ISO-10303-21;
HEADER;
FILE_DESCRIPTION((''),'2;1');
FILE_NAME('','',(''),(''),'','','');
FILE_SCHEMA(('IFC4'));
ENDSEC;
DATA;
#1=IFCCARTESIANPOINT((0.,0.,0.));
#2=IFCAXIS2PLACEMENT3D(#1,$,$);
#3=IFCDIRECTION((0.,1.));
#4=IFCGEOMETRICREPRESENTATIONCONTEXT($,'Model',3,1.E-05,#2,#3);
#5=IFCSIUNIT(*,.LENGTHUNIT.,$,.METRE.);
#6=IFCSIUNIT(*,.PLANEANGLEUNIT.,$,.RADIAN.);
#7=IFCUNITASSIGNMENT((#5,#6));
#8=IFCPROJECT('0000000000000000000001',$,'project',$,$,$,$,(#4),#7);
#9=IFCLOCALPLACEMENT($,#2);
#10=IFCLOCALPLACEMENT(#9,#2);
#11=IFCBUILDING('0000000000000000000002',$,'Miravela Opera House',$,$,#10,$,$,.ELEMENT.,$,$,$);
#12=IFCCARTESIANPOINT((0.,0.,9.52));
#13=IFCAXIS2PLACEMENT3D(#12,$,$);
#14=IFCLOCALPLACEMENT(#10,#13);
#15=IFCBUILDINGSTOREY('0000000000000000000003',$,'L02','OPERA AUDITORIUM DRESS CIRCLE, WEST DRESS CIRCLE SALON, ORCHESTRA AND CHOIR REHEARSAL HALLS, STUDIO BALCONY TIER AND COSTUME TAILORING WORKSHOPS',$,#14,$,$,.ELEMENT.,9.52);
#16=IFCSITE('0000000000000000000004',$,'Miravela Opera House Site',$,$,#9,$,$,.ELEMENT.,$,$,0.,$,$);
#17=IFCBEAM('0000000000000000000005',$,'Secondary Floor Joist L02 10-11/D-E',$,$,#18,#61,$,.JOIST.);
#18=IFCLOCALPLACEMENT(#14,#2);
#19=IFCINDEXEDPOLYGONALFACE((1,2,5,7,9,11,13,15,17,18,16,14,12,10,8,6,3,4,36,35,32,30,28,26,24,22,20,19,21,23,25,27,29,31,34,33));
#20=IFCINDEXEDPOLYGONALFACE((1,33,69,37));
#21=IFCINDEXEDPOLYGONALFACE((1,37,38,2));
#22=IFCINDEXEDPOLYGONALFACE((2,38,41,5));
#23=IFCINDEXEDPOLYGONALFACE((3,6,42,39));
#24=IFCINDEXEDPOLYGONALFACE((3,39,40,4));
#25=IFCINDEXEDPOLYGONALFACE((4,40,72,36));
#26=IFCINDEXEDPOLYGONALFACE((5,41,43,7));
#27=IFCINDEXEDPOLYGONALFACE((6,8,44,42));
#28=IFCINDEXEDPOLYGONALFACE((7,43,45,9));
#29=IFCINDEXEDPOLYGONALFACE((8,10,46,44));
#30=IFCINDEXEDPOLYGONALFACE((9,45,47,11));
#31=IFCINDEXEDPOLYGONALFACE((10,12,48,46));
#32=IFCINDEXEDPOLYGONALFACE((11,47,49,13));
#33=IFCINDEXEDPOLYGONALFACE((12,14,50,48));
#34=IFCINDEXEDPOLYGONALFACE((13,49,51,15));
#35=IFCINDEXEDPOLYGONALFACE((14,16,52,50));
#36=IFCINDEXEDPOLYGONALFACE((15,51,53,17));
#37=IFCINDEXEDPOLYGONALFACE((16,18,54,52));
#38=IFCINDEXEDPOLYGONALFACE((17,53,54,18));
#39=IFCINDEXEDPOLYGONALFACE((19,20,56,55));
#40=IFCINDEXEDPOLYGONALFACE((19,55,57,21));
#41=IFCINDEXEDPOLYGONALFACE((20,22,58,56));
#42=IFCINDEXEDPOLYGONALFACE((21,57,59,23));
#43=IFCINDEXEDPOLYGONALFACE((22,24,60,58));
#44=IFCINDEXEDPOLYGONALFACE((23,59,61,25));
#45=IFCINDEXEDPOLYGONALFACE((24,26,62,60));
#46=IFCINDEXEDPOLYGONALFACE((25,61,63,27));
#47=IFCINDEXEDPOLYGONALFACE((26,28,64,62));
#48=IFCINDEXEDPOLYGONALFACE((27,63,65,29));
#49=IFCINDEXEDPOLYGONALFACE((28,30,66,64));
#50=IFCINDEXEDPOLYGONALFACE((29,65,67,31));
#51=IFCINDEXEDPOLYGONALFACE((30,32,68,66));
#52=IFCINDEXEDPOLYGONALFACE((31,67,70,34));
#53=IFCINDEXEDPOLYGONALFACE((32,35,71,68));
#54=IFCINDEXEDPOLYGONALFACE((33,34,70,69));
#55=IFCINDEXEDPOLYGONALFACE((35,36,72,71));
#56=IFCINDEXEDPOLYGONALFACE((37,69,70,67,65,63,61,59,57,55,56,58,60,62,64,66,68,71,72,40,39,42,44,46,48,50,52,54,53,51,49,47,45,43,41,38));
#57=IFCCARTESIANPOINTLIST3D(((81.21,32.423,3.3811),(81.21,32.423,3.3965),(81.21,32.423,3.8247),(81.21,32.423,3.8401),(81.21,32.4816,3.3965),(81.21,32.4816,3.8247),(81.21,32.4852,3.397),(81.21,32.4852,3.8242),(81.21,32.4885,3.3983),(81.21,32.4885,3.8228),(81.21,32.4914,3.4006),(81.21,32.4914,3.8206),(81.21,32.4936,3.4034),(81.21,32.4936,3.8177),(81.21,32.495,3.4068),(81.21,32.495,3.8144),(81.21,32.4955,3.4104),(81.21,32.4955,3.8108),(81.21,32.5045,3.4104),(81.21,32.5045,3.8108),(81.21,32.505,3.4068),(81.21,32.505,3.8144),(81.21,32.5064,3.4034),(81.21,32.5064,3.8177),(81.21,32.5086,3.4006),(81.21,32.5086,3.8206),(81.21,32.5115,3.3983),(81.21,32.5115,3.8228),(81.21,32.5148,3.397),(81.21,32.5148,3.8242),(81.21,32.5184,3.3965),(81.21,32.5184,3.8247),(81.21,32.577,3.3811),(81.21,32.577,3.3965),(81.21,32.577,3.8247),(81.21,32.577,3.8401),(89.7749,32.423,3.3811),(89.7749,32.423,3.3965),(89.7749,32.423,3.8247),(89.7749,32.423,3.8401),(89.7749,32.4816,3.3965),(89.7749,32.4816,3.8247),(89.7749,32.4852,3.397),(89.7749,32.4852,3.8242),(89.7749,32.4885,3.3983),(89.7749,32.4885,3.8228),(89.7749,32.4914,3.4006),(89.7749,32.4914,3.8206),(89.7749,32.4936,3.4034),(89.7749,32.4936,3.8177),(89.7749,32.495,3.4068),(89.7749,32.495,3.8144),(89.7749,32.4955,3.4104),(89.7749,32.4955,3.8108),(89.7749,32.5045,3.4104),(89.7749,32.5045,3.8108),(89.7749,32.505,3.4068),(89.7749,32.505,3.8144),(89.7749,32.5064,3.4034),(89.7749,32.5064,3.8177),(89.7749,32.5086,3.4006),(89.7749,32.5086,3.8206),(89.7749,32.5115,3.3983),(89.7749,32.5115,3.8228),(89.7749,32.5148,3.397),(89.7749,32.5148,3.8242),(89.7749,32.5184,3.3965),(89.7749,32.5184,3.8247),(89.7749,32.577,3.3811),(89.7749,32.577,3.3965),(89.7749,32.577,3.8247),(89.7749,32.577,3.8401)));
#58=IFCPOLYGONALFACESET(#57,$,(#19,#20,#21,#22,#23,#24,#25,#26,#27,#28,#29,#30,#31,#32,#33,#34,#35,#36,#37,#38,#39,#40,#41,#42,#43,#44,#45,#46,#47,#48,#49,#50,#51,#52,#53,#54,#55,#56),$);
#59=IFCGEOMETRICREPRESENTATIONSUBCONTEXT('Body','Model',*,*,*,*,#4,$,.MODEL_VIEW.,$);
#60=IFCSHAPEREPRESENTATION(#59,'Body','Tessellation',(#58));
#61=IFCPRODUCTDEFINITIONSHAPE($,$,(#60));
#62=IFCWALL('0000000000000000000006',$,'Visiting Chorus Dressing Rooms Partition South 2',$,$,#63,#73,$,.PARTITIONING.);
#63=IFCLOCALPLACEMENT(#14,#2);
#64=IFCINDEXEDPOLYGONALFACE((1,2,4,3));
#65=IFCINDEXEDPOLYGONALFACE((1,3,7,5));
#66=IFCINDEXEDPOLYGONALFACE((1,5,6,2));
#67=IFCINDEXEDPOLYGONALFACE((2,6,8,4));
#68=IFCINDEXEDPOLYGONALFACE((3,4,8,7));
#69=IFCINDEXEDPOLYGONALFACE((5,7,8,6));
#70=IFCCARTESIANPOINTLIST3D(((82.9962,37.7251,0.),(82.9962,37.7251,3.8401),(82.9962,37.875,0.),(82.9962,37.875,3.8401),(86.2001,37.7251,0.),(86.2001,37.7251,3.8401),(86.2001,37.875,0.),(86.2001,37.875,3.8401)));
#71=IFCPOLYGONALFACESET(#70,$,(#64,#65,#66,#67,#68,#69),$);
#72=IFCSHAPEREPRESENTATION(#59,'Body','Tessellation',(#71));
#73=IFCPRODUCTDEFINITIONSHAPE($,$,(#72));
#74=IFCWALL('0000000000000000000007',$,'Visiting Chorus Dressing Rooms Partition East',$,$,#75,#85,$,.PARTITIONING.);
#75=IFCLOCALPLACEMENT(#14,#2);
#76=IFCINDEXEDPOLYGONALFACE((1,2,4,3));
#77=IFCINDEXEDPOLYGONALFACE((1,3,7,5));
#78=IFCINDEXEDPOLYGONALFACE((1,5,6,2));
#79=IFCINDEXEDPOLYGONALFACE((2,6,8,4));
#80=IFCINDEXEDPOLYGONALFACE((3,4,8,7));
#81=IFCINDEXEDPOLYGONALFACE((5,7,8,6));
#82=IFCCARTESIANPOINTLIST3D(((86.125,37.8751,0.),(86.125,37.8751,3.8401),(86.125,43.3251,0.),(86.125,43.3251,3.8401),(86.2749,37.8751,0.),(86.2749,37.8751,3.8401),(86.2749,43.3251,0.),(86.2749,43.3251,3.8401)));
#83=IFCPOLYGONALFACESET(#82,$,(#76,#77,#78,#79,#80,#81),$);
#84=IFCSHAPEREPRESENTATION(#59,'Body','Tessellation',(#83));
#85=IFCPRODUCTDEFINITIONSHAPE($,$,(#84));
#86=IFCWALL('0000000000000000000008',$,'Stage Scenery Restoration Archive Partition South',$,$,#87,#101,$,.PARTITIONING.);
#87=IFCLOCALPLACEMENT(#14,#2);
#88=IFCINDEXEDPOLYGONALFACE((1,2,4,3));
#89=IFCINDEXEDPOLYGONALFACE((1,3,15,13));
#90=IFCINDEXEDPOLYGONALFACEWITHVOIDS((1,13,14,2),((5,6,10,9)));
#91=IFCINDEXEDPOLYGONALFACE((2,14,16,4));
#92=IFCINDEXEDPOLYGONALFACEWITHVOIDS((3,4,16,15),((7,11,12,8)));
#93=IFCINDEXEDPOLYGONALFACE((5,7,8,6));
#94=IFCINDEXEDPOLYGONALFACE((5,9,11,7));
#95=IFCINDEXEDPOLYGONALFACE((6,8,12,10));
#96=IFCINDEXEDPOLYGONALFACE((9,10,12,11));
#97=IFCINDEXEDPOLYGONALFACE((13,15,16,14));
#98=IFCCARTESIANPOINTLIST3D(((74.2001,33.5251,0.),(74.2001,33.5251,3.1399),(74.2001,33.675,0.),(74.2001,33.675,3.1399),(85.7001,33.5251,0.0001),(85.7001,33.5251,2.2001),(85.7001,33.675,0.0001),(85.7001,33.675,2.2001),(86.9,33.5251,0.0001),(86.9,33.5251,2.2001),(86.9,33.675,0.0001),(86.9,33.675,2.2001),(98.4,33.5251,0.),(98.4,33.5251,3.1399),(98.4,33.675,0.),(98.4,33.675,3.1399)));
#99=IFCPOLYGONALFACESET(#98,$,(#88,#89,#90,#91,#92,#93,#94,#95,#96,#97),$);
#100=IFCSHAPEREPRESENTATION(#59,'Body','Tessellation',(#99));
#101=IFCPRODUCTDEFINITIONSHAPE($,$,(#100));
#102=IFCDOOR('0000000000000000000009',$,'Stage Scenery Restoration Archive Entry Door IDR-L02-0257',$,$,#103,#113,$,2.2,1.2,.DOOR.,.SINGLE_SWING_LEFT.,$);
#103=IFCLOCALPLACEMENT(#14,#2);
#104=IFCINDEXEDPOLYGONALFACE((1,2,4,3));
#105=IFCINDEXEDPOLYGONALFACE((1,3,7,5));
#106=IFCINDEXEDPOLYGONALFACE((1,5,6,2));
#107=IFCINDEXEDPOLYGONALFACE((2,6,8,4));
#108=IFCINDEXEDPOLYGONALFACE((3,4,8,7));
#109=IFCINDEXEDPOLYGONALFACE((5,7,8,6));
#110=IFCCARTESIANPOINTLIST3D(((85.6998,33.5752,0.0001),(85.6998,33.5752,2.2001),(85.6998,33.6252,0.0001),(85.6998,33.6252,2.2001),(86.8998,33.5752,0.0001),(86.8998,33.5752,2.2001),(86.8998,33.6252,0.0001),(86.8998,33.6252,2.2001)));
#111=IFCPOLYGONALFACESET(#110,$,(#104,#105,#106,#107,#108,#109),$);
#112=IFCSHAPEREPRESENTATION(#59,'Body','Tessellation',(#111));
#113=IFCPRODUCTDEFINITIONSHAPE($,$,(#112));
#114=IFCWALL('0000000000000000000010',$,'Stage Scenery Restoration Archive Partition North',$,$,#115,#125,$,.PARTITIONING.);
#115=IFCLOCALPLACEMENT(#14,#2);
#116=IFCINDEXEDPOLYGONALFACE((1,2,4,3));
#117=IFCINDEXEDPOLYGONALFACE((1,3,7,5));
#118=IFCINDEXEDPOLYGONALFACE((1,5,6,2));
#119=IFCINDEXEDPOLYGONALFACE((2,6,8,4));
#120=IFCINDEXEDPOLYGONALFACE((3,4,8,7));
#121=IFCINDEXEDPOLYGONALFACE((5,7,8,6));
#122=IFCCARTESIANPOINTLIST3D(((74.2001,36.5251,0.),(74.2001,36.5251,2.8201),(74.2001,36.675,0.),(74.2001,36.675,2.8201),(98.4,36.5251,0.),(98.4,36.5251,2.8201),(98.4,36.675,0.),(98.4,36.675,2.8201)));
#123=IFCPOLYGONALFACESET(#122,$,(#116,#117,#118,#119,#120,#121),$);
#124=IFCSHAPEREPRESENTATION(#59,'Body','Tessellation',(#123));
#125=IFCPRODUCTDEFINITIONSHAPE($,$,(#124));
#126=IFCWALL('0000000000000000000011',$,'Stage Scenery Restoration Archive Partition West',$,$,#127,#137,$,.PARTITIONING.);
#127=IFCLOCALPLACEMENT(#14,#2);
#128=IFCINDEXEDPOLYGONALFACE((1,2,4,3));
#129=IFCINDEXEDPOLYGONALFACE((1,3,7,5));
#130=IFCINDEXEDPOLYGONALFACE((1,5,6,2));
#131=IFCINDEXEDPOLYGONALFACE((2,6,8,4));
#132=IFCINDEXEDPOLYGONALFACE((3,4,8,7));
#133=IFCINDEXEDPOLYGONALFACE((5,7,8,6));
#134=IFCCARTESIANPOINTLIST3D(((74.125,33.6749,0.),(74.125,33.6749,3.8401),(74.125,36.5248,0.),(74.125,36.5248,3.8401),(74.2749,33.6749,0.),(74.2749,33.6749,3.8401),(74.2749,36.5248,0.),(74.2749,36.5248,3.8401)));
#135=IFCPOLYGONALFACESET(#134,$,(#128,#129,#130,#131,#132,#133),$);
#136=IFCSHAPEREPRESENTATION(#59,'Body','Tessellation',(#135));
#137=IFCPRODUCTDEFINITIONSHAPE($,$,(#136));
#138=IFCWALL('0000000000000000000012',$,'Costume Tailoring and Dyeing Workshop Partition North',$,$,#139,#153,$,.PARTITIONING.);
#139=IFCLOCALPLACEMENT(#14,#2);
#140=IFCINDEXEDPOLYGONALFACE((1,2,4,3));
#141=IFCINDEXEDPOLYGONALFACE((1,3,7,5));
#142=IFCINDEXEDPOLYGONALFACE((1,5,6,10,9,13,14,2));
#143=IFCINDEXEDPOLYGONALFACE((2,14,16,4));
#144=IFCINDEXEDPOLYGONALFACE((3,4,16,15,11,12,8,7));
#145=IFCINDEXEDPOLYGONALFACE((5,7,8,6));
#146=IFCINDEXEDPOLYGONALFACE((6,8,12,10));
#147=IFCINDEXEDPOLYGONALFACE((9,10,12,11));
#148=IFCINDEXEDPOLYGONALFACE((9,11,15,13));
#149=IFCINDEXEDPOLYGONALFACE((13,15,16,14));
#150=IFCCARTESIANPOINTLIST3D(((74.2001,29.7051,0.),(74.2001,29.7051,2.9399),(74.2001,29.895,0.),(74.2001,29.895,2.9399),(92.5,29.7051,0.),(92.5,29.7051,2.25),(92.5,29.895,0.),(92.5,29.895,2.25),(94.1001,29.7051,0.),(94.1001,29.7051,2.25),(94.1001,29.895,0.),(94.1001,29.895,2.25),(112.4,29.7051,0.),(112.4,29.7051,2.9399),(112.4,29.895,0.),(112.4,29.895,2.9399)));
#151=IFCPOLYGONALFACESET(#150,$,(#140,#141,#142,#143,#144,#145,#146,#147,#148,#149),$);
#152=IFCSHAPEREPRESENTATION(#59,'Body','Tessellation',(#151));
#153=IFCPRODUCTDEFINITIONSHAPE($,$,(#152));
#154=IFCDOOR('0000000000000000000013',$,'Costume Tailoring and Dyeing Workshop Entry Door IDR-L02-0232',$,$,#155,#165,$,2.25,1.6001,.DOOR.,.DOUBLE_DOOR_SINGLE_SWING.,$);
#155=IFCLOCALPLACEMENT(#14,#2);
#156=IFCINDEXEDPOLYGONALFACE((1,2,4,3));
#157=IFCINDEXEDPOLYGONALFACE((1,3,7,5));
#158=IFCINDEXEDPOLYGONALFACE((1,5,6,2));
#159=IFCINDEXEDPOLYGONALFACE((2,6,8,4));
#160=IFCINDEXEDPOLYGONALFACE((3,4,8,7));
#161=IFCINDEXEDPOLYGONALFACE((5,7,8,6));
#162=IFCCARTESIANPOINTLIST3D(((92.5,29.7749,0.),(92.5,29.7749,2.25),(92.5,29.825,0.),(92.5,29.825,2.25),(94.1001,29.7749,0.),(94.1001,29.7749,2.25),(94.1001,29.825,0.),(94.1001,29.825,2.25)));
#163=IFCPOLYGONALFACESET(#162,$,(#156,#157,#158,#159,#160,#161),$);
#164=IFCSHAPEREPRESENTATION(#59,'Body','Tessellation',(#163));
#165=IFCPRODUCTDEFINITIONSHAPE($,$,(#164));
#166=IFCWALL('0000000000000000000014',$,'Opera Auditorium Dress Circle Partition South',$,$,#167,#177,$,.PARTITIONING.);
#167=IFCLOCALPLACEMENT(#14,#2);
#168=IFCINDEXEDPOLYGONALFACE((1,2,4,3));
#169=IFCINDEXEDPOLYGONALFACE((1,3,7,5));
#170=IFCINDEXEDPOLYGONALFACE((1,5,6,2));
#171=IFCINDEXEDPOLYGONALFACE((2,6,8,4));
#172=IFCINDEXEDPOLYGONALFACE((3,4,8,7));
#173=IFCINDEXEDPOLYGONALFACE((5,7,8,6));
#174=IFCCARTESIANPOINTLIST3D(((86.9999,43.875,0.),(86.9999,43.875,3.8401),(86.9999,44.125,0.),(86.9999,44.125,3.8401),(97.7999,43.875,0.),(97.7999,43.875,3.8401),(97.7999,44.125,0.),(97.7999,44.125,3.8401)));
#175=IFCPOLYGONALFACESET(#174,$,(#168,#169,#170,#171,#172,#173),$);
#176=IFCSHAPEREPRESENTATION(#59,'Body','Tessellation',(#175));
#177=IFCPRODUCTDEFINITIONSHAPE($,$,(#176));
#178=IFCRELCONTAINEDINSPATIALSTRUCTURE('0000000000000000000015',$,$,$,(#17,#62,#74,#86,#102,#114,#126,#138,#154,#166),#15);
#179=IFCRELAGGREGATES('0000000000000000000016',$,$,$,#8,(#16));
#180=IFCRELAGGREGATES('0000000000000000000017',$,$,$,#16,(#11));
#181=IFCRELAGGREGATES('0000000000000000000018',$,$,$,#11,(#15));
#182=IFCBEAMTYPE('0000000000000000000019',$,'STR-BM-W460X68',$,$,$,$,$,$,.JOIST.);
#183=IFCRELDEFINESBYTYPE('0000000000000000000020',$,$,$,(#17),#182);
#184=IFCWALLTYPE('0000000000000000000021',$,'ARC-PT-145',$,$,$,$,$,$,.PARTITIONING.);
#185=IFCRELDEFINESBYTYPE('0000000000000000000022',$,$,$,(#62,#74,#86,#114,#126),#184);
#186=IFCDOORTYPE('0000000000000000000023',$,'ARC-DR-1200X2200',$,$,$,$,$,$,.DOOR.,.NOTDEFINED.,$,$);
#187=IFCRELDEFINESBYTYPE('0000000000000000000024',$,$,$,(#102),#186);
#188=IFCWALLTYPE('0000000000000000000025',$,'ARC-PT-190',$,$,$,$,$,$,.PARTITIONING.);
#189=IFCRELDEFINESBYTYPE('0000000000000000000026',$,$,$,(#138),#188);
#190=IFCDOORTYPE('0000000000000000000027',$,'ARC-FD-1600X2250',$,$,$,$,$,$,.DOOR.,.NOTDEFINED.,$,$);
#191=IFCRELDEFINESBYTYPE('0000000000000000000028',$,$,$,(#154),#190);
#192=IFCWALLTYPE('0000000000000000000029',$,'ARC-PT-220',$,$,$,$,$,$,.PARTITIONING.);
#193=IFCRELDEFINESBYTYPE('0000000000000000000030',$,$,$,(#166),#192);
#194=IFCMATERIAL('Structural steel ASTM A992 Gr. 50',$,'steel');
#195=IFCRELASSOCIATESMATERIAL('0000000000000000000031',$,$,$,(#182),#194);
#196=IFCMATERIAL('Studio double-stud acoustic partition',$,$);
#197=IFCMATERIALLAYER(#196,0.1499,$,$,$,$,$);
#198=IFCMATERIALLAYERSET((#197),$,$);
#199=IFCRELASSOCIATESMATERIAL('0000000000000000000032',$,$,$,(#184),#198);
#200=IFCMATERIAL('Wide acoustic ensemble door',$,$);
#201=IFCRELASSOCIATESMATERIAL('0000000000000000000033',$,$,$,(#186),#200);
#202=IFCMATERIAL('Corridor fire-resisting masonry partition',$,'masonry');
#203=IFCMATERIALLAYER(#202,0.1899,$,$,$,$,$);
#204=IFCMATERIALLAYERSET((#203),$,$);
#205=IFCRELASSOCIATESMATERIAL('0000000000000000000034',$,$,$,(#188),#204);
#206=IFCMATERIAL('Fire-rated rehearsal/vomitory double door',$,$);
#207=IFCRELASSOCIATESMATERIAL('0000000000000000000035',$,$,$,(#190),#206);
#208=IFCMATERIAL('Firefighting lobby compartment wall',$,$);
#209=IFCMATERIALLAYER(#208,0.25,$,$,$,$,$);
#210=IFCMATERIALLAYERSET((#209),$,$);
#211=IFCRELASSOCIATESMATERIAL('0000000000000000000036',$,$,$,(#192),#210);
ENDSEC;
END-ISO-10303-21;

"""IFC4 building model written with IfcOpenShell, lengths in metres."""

from ifc_helpers import new_model, si_unit, direction, frame, frame_2d, origin, origin_2d, place, context, subcontext, project, spatial, rectangle, i_section, extrude, material, layer, layer_set, material_profile, profile_set, type_object, element, fill, save


model = new_model("IFC4")

# Units and contexts
model_context = context("Model", 3, precision=1e-05, world=origin(), true_north=direction((0.0, 1.0)))
body_context = subcontext(model_context, "Body", "Model", "MODEL_VIEW")
ifc_project = project(units=[si_unit("LENGTHUNIT", "METRE"), si_unit("PLANEANGLEUNIT", "RADIAN")], contexts=[model_context])

# Site, building, storey
site_placement = place(None, origin())
site = spatial("IfcSite", under=ifc_project, at=site_placement, Name="Miravela Opera House Site", CompositionType="ELEMENT", RefElevation=0.0)
building_placement = place(site_placement, origin())
building = spatial("IfcBuilding", under=site, at=building_placement, Name="Miravela Opera House", CompositionType="ELEMENT")
storey_placement = place(building_placement, frame((0.0, 0.0, 9.52)))
storey = spatial("IfcBuildingStorey", under=building, at=storey_placement, Name="L02", Description="OPERA AUDITORIUM DRESS CIRCLE, WEST DRESS CIRCLE SALON, ORCHESTRA AND CHOIR REHEARSAL HALLS, STUDIO BALCONY TIER AND COSTUME TAILORING WORKSHOPS", CompositionType="ELEMENT", Elevation=9.52)

# Beam
ifc_material_1 = material(Name="Structural steel ASTM A992 Gr. 50", Category="steel")
ifc_material_profile_1 = material_profile(ifc_material_1, i_section(OverallWidth=0.1541, OverallDepth=0.459, WebThickness=0.009, FlangeThickness=0.0154, FilletRadius=0.0139, at=origin_2d()), Name="W460X68")
ifc_profile_set_1 = profile_set([ifc_material_profile_1])
beam_type_1 = type_object("IfcBeamType", Name="STR-BM-W460X68", PredefinedType="JOIST", material=ifc_profile_set_1)
beam_1_placement = place(storey_placement, frame((81.21, 32.5, 3.6106), z_axis=(1.0, 0.0, 0.0), x_axis=(0.0, 1.0, 0.0)))
element("IfcBeam", 1, at=beam_1_placement, inside=storey, type_object=beam_type_1, Name="Secondary Floor Joist L02 10-11/D-E", PredefinedType="JOIST", context=body_context, shape_type="SweptSolid", body=[
    extrude(i_section(OverallWidth=0.1541, OverallDepth=0.459, WebThickness=0.009, FlangeThickness=0.0154, FilletRadius=0.0139, at=origin_2d()), origin(), (0.0, 0.0, 1.0), 8.5649),
])

# Walls
ifc_material_2 = material(Name="Studio double-stud acoustic partition")
ifc_layer_1 = layer(ifc_material_2, 0.1499)
ifc_layer_set_1 = layer_set([ifc_layer_1])
wall_type_1 = type_object("IfcWallType", Name="ARC-PT-145", PredefinedType="PARTITIONING", material=ifc_layer_set_1)
wall_1_placement = place(storey_placement, frame((82.9961, 37.8, 0.0), z_axis=(0.0, 0.0, 1.0), x_axis=(1.0, 0.0, 0.0)))
element("IfcWall", 2, at=wall_1_placement, inside=storey, type_object=wall_type_1, Name="Visiting Chorus Dressing Rooms Partition South 2", PredefinedType="PARTITIONING", context=body_context, shape_type="SweptSolid", body=[
    extrude(rectangle(XDim=3.2039, YDim=0.1499, at=frame_2d((1.6021, 0.0))), origin(), (0.0, 0.0, 1.0), 3.8401),
])
wall_2_placement = place(storey_placement, frame((86.2, 37.875, 0.0), z_axis=(0.0, 0.0, 1.0), x_axis=(0.0, 1.0, 0.0)))
element("IfcWall", 3, at=wall_2_placement, inside=storey, type_object=wall_type_1, Name="Visiting Chorus Dressing Rooms Partition East", PredefinedType="PARTITIONING", context=body_context, shape_type="SweptSolid", body=[
    extrude(rectangle(XDim=5.45, YDim=0.1499, at=frame_2d((2.7251, 0.0))), origin(), (0.0, 0.0, 1.0), 3.8401),
])

# Wall, opening, door
wall_3_placement = place(storey_placement, frame((74.2, 33.6001, 0.0), z_axis=(0.0, 0.0, 1.0), x_axis=(1.0, 0.0, 0.0)))
wall_3 = element("IfcWall", 4, at=wall_3_placement, inside=storey, type_object=wall_type_1, Name="Stage Scenery Restoration Archive Partition South", PredefinedType="PARTITIONING", context=body_context, shape_type="SweptSolid", body=[
    extrude(rectangle(XDim=24.2, YDim=0.1499, at=frame_2d((12.1001, 0.0))), origin(), (0.0, 0.0, 1.0), 3.1399),
])
opening_1_placement = place(wall_3_placement, frame((11.5, 0.0, 0.0)))
opening_1 = element("IfcOpeningElement", 5, at=opening_1_placement, cuts=wall_3, PredefinedType="OPENING", context=body_context, shape_type="SweptSolid", body=[
    extrude(rectangle(XDim=1.2, YDim=2.2, at=frame_2d((0.6001, 1.1001))), frame((0.0, 0.085, 0.0), z_axis=(0.0, -1.0, 0.0), x_axis=(1.0, 0.0, 0.0)), (0.0, 0.0, 1.0), 0.1699),
])
ifc_material_3 = material(Name="Wide acoustic ensemble door")
door_type_1 = type_object("IfcDoorType", Name="ARC-DR-1200X2200", OperationType="NOTDEFINED", PredefinedType="DOOR", material=ifc_material_3)
door_1_placement = place(opening_1_placement, frame((1.2, 0.0, 0.0), z_axis=(0.0, 0.0, 1.0), x_axis=(-1.0, 0.0, 0.0)))
door_1 = element("IfcDoor", 6, at=door_1_placement, inside=storey, type_object=door_type_1, Name="Stage Scenery Restoration Archive Entry Door IDR-L02-0257", OperationType="SINGLE_SWING_LEFT", OverallHeight=2.2, OverallWidth=1.2, PredefinedType="DOOR", context=body_context, shape_type="SweptSolid", body=[
    extrude(rectangle(XDim=1.2, YDim=2.2, at=frame_2d((0.6001, 1.1001))), frame((0.0, 0.0249, 0.0), z_axis=(0.0, -1.0, 0.0), x_axis=(1.0, 0.0, 0.0)), (0.0, 0.0, 1.0), 0.05),
])
fill(opening_1, door_1)

# Walls
wall_4_placement = place(storey_placement, frame((74.2, 36.6001, 0.0), z_axis=(0.0, 0.0, 1.0), x_axis=(1.0, 0.0, 0.0)))
element("IfcWall", 7, at=wall_4_placement, inside=storey, type_object=wall_type_1, Name="Stage Scenery Restoration Archive Partition North", PredefinedType="PARTITIONING", context=body_context, shape_type="SweptSolid", body=[
    extrude(rectangle(XDim=24.2, YDim=0.1499, at=frame_2d((12.1001, 0.0))), origin(), (0.0, 0.0, 1.0), 2.8201),
])
wall_5_placement = place(storey_placement, frame((74.2, 33.675, 0.0), z_axis=(0.0, 0.0, 1.0), x_axis=(0.0, 1.0, 0.0)))
element("IfcWall", 8, at=wall_5_placement, inside=storey, type_object=wall_type_1, Name="Stage Scenery Restoration Archive Partition West", PredefinedType="PARTITIONING", context=body_context, shape_type="SweptSolid", body=[
    extrude(rectangle(XDim=2.8499, YDim=0.1499, at=frame_2d((1.4248, 0.0))), origin(), (0.0, 0.0, 1.0), 3.8401),
])

# Wall, opening, door
ifc_material_4 = material(Name="Corridor fire-resisting masonry partition", Category="masonry")
ifc_layer_2 = layer(ifc_material_4, 0.1899)
ifc_layer_set_2 = layer_set([ifc_layer_2])
wall_type_2 = type_object("IfcWallType", Name="ARC-PT-190", PredefinedType="PARTITIONING", material=ifc_layer_set_2)
wall_6_placement = place(storey_placement, frame((74.2, 29.8, 0.0), z_axis=(0.0, 0.0, 1.0), x_axis=(1.0, 0.0, 0.0)))
wall_6 = element("IfcWall", 9, at=wall_6_placement, inside=storey, type_object=wall_type_2, Name="Costume Tailoring and Dyeing Workshop Partition North", PredefinedType="PARTITIONING", context=body_context, shape_type="SweptSolid", body=[
    extrude(rectangle(XDim=38.2, YDim=0.1899, at=frame_2d((19.1001, 0.0))), origin(), (0.0, 0.0, 1.0), 2.9399),
])
opening_2_placement = place(wall_6_placement, frame((18.3, 0.0, 0.0)))
opening_2 = element("IfcOpeningElement", 10, at=opening_2_placement, cuts=wall_6, PredefinedType="OPENING", context=body_context, shape_type="SweptSolid", body=[
    extrude(rectangle(XDim=1.6001, YDim=2.25, at=frame_2d((0.8, 1.125))), frame((0.0, 0.105, 0.0), z_axis=(0.0, -1.0, 0.0), x_axis=(1.0, 0.0, 0.0)), (0.0, 0.0, 1.0), 0.21),
])
ifc_material_5 = material(Name="Fire-rated rehearsal/vomitory double door")
door_type_2 = type_object("IfcDoorType", Name="ARC-FD-1600X2250", OperationType="NOTDEFINED", PredefinedType="DOOR", material=ifc_material_5)
door_2_placement = place(opening_2_placement, origin())
door_2 = element("IfcDoor", 11, at=door_2_placement, inside=storey, type_object=door_type_2, Name="Costume Tailoring and Dyeing Workshop Entry Door IDR-L02-0232", OperationType="DOUBLE_DOOR_SINGLE_SWING", OverallHeight=2.25, OverallWidth=1.6001, PredefinedType="DOOR", context=body_context, shape_type="SweptSolid", body=[
    extrude(rectangle(XDim=1.6001, YDim=2.25, at=frame_2d((0.8, 1.125))), frame((0.0, 0.0249, 0.0), z_axis=(0.0, -1.0, 0.0), x_axis=(1.0, 0.0, 0.0)), (0.0, 0.0, 1.0), 0.05),
])
fill(opening_2, door_2)

# Wall
ifc_material_6 = material(Name="Firefighting lobby compartment wall")
ifc_layer_3 = layer(ifc_material_6, 0.25)
ifc_layer_set_3 = layer_set([ifc_layer_3])
wall_type_3 = type_object("IfcWallType", Name="ARC-PT-220", PredefinedType="PARTITIONING", material=ifc_layer_set_3)
wall_7_placement = place(storey_placement, frame((87.0, 44.0, 0.0), z_axis=(0.0, 0.0, 1.0), x_axis=(1.0, 0.0, 0.0)))
element("IfcWall", 12, at=wall_7_placement, inside=storey, type_object=wall_type_3, Name="Opera Auditorium Dress Circle Partition South", PredefinedType="PARTITIONING", context=body_context, shape_type="SweptSolid", body=[
    extrude(rectangle(XDim=10.8, YDim=0.25, at=frame_2d((5.3999, 0.0))), origin(), (0.0, 0.0, 1.0), 3.8401),
])

save(model, "model.ifc")
